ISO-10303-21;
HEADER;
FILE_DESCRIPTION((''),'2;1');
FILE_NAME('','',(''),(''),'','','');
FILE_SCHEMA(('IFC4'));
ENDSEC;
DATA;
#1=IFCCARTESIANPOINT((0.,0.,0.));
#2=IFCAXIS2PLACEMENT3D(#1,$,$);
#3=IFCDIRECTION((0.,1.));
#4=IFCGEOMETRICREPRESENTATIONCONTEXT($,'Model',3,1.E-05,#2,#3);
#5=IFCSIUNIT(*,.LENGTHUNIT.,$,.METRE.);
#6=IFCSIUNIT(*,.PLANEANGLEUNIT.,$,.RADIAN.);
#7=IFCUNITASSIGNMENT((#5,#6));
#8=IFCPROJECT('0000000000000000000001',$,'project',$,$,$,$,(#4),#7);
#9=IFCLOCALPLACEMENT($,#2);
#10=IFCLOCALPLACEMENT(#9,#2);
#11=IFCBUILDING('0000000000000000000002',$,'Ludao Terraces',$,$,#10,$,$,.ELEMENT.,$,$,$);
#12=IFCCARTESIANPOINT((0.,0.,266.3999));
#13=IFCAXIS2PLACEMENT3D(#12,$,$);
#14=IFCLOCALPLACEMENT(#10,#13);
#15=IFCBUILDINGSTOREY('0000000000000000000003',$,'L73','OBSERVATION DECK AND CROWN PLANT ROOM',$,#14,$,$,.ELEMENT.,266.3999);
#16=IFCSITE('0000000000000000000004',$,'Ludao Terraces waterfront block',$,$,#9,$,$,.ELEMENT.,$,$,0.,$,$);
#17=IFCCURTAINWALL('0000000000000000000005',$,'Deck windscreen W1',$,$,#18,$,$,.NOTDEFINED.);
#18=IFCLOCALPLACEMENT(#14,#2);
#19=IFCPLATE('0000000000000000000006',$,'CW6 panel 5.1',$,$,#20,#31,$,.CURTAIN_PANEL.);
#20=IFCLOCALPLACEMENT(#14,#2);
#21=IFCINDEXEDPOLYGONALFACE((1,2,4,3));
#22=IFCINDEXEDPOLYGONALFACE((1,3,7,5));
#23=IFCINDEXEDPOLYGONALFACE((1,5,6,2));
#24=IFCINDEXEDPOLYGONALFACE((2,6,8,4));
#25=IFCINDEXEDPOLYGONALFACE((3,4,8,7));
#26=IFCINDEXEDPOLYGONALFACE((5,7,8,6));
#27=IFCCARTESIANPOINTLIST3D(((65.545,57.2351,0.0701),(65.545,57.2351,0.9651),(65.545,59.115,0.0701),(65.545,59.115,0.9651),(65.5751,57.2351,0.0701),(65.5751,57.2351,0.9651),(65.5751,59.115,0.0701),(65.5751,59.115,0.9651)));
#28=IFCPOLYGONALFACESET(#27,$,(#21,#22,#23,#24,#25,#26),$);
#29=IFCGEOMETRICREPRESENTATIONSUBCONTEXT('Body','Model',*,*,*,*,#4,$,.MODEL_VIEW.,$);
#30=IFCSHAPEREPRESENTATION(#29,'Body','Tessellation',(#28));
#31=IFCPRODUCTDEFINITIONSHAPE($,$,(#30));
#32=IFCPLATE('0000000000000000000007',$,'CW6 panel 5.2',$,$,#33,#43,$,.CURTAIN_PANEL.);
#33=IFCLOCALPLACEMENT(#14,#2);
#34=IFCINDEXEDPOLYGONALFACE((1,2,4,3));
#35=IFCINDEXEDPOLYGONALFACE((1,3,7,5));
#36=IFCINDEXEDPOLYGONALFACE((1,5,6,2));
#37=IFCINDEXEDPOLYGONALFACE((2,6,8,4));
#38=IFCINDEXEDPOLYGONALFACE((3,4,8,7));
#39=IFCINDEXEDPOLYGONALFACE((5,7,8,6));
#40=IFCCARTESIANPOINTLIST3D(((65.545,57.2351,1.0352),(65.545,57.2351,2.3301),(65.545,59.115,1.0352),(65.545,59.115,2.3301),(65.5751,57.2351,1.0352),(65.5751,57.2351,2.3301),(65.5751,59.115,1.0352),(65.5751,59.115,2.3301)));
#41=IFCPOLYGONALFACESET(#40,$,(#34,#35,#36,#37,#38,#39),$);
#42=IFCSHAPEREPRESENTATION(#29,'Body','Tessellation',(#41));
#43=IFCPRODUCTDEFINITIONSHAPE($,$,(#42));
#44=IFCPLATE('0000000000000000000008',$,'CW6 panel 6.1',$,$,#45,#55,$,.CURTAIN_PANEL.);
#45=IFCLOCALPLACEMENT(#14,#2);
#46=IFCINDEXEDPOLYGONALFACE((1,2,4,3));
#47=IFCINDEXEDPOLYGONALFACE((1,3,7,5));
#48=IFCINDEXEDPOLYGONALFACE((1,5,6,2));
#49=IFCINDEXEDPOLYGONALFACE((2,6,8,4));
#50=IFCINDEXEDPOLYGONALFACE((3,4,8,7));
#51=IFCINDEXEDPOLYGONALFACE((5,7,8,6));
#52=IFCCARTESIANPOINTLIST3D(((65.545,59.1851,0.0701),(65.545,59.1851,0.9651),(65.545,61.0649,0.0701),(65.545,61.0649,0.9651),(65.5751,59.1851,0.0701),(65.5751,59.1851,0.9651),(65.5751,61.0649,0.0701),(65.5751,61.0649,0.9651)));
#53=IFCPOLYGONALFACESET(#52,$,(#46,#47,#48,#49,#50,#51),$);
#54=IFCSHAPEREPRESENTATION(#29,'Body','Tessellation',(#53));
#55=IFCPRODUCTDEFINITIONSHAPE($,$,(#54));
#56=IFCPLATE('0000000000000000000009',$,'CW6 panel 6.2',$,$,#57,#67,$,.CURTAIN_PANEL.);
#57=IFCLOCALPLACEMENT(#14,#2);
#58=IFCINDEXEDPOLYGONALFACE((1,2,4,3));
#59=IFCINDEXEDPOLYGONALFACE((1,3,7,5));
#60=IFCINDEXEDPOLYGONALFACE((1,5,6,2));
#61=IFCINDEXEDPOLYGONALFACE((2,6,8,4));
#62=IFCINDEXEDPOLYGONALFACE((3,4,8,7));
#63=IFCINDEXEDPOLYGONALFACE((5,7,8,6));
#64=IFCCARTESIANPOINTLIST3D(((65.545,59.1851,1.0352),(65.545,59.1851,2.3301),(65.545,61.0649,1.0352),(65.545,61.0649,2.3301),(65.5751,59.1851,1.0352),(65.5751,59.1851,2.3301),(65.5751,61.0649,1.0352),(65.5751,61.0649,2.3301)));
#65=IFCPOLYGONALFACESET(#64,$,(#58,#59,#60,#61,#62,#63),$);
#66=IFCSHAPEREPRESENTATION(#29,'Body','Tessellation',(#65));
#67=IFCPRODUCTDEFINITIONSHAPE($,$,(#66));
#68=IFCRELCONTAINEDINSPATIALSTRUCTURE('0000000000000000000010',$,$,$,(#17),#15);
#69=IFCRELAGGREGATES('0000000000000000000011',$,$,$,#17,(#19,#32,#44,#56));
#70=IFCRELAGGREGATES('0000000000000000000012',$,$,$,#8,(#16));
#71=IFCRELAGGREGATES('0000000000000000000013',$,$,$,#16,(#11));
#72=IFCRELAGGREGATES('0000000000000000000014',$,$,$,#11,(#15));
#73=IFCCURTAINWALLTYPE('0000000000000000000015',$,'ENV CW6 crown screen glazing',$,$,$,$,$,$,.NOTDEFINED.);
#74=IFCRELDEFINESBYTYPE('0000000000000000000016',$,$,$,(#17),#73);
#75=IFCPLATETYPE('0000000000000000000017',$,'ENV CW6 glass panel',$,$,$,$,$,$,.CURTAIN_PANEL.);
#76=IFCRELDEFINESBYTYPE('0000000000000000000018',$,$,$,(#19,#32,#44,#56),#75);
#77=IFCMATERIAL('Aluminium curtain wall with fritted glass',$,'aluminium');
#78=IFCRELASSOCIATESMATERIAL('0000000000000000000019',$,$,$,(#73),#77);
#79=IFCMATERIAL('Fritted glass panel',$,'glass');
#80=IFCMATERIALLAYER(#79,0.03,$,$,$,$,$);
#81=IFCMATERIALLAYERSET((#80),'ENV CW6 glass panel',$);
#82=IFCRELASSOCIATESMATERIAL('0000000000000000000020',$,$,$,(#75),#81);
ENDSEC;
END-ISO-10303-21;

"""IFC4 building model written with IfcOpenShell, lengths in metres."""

from ifc_helpers import new_model, si_unit, direction, frame, origin, origin_2d, place, context, subcontext, project, spatial, rectangle, extrude, material, layer, layer_set, type_object, element, aggregate, save


model = new_model("IFC4")

# Units and contexts
model_context = context("Model", 3, precision=1e-05, world=origin(), true_north=direction((0.0, 1.0)))
body_context = subcontext(model_context, "Body", "Model", "MODEL_VIEW")
ifc_project = project(units=[si_unit("LENGTHUNIT", "METRE"), si_unit("PLANEANGLEUNIT", "RADIAN")], contexts=[model_context])

# Site, building, storey
site_placement = place(None, origin())
site = spatial("IfcSite", under=ifc_project, at=site_placement, Name="Ludao Terraces waterfront block", CompositionType="ELEMENT", RefElevation=0.0)
building_placement = place(site_placement, origin())
building = spatial("IfcBuilding", under=site, at=building_placement, Name="Ludao Terraces", CompositionType="ELEMENT")
storey_placement = place(building_placement, frame((0.0, 0.0, 266.3999)))
storey = spatial("IfcBuildingStorey", under=building, at=storey_placement, Name="L73", Description="OBSERVATION DECK AND CROWN PLANT ROOM", CompositionType="ELEMENT", Elevation=266.3999)

# Curtain wall
ifc_material_1 = material(Name="Aluminium curtain wall with fritted glass", Category="aluminium")
curtain_wall_type = type_object("IfcCurtainWallType", Name="ENV CW6 crown screen glazing", PredefinedType="NOTDEFINED", material=ifc_material_1)
curtain_wall_placement = place(storey_placement, origin())
curtain_wall = element("IfcCurtainWall", 1, at=curtain_wall_placement, inside=storey, type_object=curtain_wall_type, Name="Deck windscreen W1", PredefinedType="NOTDEFINED")

# Plates
ifc_material_2 = material(Name="Fritted glass panel", Category="glass")
ifc_layer_1 = layer(ifc_material_2, 0.03)
ifc_layer_set_1 = layer_set([ifc_layer_1], Name="ENV CW6 glass panel")
plate_type = type_object("IfcPlateType", Name="ENV CW6 glass panel", PredefinedType="CURTAIN_PANEL", material=ifc_layer_set_1)
plate_1_placement = place(storey_placement, frame((65.5601, 58.175, 0.0701), z_axis=(0.0, 0.0, 1.0), x_axis=(0.0, 1.0, 0.0)))
plate_1 = element("IfcPlate", 2, at=plate_1_placement, type_object=plate_type, Name="CW6 panel 5.1", PredefinedType="CURTAIN_PANEL", context=body_context, shape_type="SweptSolid", body=[
    extrude(rectangle(XDim=1.8799, YDim=0.03, at=origin_2d()), origin(), (0.0, 0.0, 1.0), 0.895),
])
plate_2_placement = place(storey_placement, frame((65.5601, 58.175, 1.0352), z_axis=(0.0, 0.0, 1.0), x_axis=(0.0, 1.0, 0.0)))
plate_2 = element("IfcPlate", 3, at=plate_2_placement, type_object=plate_type, Name="CW6 panel 5.2", PredefinedType="CURTAIN_PANEL", context=body_context, shape_type="SweptSolid", body=[
    extrude(rectangle(XDim=1.8799, YDim=0.03, at=origin_2d()), origin(), (0.0, 0.0, 1.0), 1.2949),
])
plate_3_placement = place(storey_placement, frame((65.5601, 60.125, 0.0701), z_axis=(0.0, 0.0, 1.0), x_axis=(0.0, 1.0, 0.0)))
plate_3 = element("IfcPlate", 4, at=plate_3_placement, type_object=plate_type, Name="CW6 panel 6.1", PredefinedType="CURTAIN_PANEL", context=body_context, shape_type="SweptSolid", body=[
    extrude(rectangle(XDim=1.8799, YDim=0.03, at=origin_2d()), origin(), (0.0, 0.0, 1.0), 0.895),
])
plate_4_placement = place(storey_placement, frame((65.5601, 60.125, 1.0352), z_axis=(0.0, 0.0, 1.0), x_axis=(0.0, 1.0, 0.0)))
plate_4 = element("IfcPlate", 5, at=plate_4_placement, type_object=plate_type, Name="CW6 panel 6.2", PredefinedType="CURTAIN_PANEL", context=body_context, shape_type="SweptSolid", body=[
    extrude(rectangle(XDim=1.8799, YDim=0.03, at=origin_2d()), origin(), (0.0, 0.0, 1.0), 1.2949),
])
aggregate(curtain_wall, [plate_1, plate_2, plate_3, plate_4])

save(model, "model.ifc")
